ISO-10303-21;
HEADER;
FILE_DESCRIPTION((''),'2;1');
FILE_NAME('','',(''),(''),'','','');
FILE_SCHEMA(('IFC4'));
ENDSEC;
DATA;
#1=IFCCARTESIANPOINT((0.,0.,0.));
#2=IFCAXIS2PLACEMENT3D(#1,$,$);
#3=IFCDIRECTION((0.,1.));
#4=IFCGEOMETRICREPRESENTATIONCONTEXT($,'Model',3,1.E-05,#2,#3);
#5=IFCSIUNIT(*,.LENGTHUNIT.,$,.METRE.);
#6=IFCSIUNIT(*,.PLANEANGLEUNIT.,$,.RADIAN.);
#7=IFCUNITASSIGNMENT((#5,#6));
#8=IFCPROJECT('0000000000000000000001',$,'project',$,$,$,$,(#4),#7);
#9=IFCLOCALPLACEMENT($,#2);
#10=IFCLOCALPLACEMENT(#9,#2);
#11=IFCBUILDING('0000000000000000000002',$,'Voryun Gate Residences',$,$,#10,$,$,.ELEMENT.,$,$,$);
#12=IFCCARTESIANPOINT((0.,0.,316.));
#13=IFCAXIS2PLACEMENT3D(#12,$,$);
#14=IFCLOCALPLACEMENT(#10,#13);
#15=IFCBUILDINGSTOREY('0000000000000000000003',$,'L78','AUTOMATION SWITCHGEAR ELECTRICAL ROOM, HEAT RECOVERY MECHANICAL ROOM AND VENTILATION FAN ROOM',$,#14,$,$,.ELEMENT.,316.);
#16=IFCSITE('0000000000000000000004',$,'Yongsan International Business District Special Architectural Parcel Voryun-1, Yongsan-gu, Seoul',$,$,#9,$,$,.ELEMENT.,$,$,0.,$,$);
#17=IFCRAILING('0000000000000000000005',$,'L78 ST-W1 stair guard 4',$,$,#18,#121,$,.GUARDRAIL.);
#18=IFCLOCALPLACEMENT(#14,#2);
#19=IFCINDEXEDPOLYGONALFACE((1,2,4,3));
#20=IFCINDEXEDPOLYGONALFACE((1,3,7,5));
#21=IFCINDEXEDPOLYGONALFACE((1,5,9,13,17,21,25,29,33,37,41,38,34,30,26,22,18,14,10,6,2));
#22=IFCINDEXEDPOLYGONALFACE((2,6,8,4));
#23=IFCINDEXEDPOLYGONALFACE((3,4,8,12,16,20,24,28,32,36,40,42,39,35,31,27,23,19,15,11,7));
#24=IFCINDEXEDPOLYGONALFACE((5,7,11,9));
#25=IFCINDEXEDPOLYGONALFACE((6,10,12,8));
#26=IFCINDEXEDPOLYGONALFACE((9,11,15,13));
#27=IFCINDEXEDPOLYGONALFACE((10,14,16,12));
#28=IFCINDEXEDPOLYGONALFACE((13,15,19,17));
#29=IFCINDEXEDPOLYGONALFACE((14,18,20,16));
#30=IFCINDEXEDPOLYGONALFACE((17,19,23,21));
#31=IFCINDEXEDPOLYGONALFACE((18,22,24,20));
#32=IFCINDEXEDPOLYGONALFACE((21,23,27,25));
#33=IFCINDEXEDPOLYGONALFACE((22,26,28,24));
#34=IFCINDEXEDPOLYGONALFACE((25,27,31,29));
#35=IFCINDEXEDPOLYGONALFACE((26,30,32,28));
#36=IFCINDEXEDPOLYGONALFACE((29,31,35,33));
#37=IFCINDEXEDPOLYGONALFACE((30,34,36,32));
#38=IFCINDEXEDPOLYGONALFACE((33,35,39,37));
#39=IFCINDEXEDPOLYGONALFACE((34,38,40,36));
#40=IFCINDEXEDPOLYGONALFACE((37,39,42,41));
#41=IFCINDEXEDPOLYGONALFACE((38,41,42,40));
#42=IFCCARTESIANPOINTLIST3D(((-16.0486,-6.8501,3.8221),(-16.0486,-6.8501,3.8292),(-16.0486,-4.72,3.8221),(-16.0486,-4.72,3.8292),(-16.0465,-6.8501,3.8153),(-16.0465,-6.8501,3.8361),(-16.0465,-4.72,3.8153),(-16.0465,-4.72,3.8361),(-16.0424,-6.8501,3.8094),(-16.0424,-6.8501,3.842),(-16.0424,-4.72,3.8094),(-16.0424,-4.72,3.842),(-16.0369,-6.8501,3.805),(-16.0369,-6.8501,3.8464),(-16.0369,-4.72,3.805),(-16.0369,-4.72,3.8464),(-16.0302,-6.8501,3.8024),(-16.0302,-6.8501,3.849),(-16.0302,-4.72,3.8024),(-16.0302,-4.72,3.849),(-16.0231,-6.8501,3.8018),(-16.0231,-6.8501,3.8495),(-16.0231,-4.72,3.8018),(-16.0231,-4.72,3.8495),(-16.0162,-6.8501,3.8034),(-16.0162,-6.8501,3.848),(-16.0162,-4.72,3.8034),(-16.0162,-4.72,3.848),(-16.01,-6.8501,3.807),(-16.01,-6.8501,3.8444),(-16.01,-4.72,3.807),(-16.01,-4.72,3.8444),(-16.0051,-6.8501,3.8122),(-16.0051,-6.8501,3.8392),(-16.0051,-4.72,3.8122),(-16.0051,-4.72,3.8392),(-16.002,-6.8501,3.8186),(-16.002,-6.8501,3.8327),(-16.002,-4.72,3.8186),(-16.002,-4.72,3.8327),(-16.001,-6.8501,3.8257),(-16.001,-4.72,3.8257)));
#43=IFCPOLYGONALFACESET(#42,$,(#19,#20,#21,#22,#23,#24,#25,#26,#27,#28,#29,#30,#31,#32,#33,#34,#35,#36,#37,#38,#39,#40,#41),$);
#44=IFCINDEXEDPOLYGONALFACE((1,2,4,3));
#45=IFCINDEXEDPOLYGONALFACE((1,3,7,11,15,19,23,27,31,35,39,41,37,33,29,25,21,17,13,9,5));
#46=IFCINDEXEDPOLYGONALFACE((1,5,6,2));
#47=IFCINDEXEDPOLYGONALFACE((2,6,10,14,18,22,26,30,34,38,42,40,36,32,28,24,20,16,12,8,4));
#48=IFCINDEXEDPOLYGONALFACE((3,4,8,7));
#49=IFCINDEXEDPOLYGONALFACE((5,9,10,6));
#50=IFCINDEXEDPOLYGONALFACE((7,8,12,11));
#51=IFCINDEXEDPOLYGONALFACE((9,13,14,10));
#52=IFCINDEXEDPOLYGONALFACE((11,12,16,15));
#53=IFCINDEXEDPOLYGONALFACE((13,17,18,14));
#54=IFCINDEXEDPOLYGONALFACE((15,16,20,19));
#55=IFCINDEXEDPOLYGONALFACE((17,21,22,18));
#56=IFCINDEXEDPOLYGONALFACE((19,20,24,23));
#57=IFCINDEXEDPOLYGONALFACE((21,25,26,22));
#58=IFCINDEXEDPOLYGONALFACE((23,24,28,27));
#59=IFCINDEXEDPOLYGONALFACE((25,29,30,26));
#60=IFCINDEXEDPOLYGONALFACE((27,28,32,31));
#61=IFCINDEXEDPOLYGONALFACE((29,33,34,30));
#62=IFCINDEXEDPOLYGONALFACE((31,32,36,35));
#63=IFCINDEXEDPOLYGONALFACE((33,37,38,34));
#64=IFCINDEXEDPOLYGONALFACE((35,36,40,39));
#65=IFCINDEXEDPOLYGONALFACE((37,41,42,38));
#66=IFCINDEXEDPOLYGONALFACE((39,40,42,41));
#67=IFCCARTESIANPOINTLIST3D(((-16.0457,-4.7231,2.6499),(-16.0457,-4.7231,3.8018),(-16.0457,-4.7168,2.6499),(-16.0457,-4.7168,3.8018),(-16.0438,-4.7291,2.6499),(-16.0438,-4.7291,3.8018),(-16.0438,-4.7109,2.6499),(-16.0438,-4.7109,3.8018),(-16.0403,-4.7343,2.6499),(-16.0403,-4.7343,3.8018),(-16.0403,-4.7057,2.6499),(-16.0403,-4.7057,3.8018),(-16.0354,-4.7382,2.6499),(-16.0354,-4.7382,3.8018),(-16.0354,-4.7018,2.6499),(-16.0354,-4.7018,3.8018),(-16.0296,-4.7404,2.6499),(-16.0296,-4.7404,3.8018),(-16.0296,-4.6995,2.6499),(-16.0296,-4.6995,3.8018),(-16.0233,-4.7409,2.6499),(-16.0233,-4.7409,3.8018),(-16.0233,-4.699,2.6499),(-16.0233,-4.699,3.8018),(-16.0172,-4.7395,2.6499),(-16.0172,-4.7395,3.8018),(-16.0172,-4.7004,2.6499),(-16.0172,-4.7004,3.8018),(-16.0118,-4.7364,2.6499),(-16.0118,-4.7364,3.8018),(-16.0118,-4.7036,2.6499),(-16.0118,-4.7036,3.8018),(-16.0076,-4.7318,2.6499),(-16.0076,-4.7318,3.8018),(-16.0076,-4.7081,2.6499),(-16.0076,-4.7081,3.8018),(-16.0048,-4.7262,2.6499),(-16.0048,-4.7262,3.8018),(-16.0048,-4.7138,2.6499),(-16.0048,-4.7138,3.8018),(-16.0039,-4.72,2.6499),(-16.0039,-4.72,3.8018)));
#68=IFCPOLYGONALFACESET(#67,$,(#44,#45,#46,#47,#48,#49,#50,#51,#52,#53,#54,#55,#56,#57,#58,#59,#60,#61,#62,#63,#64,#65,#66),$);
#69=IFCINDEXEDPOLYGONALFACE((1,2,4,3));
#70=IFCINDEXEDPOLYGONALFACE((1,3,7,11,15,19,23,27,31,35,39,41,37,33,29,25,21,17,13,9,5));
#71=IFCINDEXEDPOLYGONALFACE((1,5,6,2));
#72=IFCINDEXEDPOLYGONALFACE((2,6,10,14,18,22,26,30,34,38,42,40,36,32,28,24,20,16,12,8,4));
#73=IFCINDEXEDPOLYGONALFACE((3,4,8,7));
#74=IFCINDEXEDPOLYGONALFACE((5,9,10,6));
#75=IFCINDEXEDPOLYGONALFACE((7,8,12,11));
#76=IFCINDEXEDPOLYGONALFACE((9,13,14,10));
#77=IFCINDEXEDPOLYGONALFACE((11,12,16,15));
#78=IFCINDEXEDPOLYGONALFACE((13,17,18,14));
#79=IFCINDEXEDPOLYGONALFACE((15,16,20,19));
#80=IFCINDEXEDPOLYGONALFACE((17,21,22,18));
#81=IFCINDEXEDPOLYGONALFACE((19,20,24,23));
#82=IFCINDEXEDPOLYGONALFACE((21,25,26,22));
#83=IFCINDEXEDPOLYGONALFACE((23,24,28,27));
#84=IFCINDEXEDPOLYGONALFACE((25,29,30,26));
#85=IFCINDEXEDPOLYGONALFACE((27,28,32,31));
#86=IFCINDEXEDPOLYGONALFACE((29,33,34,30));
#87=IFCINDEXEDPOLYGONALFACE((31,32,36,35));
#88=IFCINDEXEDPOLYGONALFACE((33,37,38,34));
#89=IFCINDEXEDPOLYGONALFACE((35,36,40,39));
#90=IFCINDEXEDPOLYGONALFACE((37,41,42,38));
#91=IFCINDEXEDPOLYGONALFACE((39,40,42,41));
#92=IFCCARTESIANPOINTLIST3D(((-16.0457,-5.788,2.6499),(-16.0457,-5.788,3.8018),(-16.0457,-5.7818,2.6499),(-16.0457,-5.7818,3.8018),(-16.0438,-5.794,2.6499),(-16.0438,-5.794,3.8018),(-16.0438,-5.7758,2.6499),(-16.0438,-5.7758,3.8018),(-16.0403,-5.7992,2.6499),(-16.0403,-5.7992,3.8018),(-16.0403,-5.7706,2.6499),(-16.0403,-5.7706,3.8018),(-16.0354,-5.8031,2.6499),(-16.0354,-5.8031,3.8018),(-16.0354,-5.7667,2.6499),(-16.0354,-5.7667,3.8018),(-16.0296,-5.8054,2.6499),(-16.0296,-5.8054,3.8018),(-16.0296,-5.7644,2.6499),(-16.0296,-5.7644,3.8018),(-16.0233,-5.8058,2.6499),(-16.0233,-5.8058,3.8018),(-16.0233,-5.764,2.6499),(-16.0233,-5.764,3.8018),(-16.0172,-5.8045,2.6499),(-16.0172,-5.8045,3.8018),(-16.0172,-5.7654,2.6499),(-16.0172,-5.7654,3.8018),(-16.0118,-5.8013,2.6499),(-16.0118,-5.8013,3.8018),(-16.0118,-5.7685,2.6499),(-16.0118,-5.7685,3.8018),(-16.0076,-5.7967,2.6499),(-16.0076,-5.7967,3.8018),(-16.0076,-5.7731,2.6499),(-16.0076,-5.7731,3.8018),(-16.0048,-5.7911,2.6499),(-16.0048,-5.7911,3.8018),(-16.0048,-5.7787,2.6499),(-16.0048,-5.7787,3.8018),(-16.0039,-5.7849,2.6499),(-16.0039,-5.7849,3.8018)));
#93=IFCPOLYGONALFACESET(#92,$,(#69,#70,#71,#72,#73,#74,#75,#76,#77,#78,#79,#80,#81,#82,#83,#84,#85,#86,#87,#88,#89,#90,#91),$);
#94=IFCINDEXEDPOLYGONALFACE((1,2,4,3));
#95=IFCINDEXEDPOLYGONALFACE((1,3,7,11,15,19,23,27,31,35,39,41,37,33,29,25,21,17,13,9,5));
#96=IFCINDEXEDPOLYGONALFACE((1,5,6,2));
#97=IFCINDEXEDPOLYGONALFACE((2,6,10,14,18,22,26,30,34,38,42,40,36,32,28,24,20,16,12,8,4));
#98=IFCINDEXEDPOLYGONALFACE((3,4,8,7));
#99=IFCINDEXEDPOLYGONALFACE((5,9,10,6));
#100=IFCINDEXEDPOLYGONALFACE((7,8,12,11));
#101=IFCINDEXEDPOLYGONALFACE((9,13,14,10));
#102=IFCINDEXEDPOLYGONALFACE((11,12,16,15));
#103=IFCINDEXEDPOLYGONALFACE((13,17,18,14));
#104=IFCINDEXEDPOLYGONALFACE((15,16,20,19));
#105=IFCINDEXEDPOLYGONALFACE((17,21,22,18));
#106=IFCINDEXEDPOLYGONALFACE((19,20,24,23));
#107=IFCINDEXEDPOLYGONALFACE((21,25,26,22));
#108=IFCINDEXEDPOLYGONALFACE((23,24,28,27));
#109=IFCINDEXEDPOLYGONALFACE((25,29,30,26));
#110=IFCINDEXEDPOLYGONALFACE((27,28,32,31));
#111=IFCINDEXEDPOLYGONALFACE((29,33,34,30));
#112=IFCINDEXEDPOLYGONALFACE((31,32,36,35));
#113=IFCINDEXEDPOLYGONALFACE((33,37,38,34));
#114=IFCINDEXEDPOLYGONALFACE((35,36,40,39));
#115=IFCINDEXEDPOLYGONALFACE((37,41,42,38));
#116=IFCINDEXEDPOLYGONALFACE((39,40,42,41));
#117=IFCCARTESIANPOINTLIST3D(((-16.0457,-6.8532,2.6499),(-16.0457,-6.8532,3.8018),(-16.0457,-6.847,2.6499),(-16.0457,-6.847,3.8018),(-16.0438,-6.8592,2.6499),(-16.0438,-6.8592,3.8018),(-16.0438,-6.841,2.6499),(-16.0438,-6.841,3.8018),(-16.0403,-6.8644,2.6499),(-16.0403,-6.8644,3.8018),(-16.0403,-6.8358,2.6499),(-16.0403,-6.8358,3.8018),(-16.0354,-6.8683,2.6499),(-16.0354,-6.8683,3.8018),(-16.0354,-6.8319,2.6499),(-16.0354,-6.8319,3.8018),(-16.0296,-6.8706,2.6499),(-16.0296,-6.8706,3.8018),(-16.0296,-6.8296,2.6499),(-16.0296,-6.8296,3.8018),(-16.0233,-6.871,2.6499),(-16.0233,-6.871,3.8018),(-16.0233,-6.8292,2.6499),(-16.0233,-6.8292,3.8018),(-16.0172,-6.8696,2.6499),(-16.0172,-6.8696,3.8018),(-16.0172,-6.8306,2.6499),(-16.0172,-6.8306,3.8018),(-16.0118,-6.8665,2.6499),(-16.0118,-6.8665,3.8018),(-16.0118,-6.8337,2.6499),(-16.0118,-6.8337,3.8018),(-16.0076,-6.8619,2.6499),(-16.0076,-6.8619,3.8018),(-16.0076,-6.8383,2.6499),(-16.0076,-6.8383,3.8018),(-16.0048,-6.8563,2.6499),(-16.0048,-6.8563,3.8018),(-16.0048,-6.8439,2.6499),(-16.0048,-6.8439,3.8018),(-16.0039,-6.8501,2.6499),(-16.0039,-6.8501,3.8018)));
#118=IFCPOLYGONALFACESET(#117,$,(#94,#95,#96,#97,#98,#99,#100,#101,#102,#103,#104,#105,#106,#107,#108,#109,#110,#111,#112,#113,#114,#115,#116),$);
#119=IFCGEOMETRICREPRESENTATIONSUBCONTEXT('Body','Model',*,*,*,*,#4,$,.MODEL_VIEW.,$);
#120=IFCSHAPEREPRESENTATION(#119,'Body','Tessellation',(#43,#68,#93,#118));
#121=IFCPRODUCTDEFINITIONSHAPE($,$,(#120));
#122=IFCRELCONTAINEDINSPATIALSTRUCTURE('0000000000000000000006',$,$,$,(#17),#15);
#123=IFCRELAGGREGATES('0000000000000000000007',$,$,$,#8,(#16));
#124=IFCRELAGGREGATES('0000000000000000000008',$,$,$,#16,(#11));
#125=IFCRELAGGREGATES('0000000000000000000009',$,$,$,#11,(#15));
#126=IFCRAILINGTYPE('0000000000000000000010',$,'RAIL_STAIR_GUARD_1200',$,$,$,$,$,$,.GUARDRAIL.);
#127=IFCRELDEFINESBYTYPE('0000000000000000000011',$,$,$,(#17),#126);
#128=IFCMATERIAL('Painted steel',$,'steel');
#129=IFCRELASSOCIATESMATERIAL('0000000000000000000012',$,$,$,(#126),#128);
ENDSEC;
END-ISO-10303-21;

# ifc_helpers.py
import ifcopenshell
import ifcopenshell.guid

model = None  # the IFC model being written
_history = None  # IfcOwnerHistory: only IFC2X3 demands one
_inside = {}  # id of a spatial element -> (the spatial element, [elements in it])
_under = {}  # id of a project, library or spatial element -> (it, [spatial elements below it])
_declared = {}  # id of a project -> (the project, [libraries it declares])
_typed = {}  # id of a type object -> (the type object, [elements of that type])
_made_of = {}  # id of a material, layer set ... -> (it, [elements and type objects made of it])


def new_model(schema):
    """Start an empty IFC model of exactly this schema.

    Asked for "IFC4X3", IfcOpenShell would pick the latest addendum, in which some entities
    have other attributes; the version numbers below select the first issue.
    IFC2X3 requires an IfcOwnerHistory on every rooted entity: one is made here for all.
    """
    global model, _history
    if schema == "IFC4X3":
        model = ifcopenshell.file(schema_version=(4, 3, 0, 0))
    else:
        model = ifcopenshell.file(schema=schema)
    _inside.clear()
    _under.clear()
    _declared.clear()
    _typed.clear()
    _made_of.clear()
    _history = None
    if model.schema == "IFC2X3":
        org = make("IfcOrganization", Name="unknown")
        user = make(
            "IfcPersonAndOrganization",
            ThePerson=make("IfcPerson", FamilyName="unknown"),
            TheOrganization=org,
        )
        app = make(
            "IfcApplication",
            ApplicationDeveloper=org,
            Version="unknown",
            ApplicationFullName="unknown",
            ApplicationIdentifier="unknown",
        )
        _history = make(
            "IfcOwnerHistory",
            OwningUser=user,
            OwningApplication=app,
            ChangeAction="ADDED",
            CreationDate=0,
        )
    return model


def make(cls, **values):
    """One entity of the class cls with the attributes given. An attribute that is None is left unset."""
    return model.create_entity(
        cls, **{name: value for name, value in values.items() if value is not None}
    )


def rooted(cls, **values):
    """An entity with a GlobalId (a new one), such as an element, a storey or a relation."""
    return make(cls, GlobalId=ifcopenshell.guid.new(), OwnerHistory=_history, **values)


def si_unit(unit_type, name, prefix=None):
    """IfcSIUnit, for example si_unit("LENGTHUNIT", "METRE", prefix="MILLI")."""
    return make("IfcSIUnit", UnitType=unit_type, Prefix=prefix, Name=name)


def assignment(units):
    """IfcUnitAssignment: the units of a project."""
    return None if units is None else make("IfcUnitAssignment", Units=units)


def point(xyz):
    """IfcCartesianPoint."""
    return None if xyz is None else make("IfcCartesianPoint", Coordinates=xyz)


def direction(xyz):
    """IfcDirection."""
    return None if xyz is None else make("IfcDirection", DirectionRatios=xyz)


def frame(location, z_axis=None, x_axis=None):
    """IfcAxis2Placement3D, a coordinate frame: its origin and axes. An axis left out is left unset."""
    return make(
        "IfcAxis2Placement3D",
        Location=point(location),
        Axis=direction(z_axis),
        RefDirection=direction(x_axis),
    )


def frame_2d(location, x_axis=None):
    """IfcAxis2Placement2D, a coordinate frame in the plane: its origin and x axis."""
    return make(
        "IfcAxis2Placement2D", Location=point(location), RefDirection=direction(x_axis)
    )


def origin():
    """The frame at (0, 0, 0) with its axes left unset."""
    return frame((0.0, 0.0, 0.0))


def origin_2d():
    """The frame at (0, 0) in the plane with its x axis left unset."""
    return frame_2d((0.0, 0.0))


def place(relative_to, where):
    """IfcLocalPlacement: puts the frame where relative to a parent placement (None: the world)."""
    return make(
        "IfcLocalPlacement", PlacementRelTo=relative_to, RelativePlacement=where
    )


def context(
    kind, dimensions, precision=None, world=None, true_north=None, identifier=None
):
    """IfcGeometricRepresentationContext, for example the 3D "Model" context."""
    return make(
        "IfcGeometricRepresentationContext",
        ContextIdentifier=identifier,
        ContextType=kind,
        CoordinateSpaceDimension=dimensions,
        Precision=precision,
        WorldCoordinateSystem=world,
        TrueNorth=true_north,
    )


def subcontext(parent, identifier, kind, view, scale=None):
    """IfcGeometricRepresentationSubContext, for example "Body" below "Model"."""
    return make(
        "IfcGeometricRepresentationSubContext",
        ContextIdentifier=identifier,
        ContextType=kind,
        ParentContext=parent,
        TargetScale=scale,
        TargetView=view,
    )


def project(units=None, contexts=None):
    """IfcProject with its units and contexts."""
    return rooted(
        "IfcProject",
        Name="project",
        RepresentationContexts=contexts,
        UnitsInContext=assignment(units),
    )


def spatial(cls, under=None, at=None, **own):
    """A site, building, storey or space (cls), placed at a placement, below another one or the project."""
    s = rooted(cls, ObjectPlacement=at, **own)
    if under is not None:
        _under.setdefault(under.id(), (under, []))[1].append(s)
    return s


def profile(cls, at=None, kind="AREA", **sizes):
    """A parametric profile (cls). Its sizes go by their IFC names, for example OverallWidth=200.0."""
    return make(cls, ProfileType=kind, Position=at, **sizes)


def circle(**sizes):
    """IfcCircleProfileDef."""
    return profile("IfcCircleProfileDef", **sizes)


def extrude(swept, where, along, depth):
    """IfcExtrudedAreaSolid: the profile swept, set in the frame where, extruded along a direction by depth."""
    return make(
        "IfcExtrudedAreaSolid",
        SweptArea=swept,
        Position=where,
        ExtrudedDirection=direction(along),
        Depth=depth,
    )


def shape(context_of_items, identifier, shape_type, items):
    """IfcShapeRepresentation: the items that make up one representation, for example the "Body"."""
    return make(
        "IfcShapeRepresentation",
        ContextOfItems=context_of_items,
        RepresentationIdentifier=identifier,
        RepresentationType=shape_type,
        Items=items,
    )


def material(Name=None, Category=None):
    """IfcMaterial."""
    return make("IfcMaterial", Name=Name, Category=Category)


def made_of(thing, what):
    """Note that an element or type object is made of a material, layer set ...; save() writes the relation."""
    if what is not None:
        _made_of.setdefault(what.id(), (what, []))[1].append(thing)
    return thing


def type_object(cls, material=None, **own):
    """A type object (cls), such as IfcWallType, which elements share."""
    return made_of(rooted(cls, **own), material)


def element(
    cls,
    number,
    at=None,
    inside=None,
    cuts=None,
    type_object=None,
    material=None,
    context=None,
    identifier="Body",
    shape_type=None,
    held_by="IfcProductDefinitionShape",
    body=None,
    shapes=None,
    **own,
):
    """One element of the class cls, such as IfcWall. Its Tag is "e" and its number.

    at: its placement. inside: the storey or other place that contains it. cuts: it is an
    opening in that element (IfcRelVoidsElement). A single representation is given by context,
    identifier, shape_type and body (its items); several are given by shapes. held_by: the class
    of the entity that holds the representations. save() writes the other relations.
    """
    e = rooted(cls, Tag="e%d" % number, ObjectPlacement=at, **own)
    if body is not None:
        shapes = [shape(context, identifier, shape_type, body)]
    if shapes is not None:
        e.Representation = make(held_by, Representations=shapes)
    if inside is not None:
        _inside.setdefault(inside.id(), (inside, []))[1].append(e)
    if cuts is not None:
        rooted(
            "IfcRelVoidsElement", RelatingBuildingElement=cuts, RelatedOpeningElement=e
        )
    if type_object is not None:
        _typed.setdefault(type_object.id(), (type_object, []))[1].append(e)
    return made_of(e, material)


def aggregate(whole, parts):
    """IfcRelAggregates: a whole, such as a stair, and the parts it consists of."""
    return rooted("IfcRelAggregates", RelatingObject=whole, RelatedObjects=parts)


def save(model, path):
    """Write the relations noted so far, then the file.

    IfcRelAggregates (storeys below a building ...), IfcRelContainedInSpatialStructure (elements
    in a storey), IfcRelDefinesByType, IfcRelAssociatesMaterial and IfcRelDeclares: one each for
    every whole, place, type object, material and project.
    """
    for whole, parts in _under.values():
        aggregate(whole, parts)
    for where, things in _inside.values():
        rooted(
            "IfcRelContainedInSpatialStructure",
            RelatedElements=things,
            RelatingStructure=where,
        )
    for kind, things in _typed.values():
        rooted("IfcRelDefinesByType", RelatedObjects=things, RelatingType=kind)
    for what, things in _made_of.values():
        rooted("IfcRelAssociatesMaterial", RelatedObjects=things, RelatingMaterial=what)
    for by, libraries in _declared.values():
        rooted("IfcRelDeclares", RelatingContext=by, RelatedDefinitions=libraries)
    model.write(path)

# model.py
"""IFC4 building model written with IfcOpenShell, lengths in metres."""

from ifc_helpers import new_model, si_unit, direction, frame, origin, origin_2d, place, context, subcontext, project, spatial, circle, extrude, material, type_object, element, save


model = new_model("IFC4")

# Units and contexts
model_context = context("Model", 3, precision=1e-05, world=origin(), true_north=direction((0.0, 1.0)))
body_context = subcontext(model_context, "Body", "Model", "MODEL_VIEW")
ifc_project = project(units=[si_unit("LENGTHUNIT", "METRE"), si_unit("PLANEANGLEUNIT", "RADIAN")], contexts=[model_context])

# Site, building, storey
site_placement = place(None, origin())
site = spatial("IfcSite", under=ifc_project, at=site_placement, Name="Yongsan International Business District Special Architectural Parcel Voryun-1, Yongsan-gu, Seoul", CompositionType="ELEMENT", RefElevation=0.0)
building_placement = place(site_placement, origin())
building = spatial("IfcBuilding", under=site, at=building_placement, Name="Voryun Gate Residences", CompositionType="ELEMENT")
storey_placement = place(building_placement, frame((0.0, 0.0, 316.0)))
storey = spatial("IfcBuildingStorey", under=building, at=storey_placement, Name="L78", Description="AUTOMATION SWITCHGEAR ELECTRICAL ROOM, HEAT RECOVERY MECHANICAL ROOM AND VENTILATION FAN ROOM", CompositionType="ELEMENT", Elevation=316.0)

# Railing
ifc_material_1 = material(Name="Painted steel", Category="steel")
railing_type_1 = type_object("IfcRailingType", Name="RAIL_STAIR_GUARD_1200", PredefinedType="GUARDRAIL", material=ifc_material_1)
for number, where, name in (
    (1, (-16.0249, -4.72, 2.6499), "L78 ST-W1 stair guard 4"),
):
    element("IfcRailing", number, at=place(storey_placement, frame(where)), inside=storey, type_object=railing_type_1, Name=name, PredefinedType="GUARDRAIL", context=body_context, shape_type="SweptSolid", body=[
        extrude(circle(Radius=0.0239, at=origin_2d()), frame((0.0, 0.0, 1.1758), z_axis=(0.0, -1.0, 0.0), x_axis=(1.0, 0.0, 0.0)), (0.0, 0.0, 1.0), 2.1301),
        extrude(circle(Radius=0.021, at=origin_2d()), origin(), (0.0, 0.0, 1.0), 1.1519),
        extrude(circle(Radius=0.021, at=origin_2d()), frame((0.0, -1.0649, 0.0)), (0.0, 0.0, 1.0), 1.1519),
        extrude(circle(Radius=0.021, at=origin_2d()), frame((0.0, -2.1301, 0.0)), (0.0, 0.0, 1.0), 1.1519),
    ])

save(model, "model.ifc")
